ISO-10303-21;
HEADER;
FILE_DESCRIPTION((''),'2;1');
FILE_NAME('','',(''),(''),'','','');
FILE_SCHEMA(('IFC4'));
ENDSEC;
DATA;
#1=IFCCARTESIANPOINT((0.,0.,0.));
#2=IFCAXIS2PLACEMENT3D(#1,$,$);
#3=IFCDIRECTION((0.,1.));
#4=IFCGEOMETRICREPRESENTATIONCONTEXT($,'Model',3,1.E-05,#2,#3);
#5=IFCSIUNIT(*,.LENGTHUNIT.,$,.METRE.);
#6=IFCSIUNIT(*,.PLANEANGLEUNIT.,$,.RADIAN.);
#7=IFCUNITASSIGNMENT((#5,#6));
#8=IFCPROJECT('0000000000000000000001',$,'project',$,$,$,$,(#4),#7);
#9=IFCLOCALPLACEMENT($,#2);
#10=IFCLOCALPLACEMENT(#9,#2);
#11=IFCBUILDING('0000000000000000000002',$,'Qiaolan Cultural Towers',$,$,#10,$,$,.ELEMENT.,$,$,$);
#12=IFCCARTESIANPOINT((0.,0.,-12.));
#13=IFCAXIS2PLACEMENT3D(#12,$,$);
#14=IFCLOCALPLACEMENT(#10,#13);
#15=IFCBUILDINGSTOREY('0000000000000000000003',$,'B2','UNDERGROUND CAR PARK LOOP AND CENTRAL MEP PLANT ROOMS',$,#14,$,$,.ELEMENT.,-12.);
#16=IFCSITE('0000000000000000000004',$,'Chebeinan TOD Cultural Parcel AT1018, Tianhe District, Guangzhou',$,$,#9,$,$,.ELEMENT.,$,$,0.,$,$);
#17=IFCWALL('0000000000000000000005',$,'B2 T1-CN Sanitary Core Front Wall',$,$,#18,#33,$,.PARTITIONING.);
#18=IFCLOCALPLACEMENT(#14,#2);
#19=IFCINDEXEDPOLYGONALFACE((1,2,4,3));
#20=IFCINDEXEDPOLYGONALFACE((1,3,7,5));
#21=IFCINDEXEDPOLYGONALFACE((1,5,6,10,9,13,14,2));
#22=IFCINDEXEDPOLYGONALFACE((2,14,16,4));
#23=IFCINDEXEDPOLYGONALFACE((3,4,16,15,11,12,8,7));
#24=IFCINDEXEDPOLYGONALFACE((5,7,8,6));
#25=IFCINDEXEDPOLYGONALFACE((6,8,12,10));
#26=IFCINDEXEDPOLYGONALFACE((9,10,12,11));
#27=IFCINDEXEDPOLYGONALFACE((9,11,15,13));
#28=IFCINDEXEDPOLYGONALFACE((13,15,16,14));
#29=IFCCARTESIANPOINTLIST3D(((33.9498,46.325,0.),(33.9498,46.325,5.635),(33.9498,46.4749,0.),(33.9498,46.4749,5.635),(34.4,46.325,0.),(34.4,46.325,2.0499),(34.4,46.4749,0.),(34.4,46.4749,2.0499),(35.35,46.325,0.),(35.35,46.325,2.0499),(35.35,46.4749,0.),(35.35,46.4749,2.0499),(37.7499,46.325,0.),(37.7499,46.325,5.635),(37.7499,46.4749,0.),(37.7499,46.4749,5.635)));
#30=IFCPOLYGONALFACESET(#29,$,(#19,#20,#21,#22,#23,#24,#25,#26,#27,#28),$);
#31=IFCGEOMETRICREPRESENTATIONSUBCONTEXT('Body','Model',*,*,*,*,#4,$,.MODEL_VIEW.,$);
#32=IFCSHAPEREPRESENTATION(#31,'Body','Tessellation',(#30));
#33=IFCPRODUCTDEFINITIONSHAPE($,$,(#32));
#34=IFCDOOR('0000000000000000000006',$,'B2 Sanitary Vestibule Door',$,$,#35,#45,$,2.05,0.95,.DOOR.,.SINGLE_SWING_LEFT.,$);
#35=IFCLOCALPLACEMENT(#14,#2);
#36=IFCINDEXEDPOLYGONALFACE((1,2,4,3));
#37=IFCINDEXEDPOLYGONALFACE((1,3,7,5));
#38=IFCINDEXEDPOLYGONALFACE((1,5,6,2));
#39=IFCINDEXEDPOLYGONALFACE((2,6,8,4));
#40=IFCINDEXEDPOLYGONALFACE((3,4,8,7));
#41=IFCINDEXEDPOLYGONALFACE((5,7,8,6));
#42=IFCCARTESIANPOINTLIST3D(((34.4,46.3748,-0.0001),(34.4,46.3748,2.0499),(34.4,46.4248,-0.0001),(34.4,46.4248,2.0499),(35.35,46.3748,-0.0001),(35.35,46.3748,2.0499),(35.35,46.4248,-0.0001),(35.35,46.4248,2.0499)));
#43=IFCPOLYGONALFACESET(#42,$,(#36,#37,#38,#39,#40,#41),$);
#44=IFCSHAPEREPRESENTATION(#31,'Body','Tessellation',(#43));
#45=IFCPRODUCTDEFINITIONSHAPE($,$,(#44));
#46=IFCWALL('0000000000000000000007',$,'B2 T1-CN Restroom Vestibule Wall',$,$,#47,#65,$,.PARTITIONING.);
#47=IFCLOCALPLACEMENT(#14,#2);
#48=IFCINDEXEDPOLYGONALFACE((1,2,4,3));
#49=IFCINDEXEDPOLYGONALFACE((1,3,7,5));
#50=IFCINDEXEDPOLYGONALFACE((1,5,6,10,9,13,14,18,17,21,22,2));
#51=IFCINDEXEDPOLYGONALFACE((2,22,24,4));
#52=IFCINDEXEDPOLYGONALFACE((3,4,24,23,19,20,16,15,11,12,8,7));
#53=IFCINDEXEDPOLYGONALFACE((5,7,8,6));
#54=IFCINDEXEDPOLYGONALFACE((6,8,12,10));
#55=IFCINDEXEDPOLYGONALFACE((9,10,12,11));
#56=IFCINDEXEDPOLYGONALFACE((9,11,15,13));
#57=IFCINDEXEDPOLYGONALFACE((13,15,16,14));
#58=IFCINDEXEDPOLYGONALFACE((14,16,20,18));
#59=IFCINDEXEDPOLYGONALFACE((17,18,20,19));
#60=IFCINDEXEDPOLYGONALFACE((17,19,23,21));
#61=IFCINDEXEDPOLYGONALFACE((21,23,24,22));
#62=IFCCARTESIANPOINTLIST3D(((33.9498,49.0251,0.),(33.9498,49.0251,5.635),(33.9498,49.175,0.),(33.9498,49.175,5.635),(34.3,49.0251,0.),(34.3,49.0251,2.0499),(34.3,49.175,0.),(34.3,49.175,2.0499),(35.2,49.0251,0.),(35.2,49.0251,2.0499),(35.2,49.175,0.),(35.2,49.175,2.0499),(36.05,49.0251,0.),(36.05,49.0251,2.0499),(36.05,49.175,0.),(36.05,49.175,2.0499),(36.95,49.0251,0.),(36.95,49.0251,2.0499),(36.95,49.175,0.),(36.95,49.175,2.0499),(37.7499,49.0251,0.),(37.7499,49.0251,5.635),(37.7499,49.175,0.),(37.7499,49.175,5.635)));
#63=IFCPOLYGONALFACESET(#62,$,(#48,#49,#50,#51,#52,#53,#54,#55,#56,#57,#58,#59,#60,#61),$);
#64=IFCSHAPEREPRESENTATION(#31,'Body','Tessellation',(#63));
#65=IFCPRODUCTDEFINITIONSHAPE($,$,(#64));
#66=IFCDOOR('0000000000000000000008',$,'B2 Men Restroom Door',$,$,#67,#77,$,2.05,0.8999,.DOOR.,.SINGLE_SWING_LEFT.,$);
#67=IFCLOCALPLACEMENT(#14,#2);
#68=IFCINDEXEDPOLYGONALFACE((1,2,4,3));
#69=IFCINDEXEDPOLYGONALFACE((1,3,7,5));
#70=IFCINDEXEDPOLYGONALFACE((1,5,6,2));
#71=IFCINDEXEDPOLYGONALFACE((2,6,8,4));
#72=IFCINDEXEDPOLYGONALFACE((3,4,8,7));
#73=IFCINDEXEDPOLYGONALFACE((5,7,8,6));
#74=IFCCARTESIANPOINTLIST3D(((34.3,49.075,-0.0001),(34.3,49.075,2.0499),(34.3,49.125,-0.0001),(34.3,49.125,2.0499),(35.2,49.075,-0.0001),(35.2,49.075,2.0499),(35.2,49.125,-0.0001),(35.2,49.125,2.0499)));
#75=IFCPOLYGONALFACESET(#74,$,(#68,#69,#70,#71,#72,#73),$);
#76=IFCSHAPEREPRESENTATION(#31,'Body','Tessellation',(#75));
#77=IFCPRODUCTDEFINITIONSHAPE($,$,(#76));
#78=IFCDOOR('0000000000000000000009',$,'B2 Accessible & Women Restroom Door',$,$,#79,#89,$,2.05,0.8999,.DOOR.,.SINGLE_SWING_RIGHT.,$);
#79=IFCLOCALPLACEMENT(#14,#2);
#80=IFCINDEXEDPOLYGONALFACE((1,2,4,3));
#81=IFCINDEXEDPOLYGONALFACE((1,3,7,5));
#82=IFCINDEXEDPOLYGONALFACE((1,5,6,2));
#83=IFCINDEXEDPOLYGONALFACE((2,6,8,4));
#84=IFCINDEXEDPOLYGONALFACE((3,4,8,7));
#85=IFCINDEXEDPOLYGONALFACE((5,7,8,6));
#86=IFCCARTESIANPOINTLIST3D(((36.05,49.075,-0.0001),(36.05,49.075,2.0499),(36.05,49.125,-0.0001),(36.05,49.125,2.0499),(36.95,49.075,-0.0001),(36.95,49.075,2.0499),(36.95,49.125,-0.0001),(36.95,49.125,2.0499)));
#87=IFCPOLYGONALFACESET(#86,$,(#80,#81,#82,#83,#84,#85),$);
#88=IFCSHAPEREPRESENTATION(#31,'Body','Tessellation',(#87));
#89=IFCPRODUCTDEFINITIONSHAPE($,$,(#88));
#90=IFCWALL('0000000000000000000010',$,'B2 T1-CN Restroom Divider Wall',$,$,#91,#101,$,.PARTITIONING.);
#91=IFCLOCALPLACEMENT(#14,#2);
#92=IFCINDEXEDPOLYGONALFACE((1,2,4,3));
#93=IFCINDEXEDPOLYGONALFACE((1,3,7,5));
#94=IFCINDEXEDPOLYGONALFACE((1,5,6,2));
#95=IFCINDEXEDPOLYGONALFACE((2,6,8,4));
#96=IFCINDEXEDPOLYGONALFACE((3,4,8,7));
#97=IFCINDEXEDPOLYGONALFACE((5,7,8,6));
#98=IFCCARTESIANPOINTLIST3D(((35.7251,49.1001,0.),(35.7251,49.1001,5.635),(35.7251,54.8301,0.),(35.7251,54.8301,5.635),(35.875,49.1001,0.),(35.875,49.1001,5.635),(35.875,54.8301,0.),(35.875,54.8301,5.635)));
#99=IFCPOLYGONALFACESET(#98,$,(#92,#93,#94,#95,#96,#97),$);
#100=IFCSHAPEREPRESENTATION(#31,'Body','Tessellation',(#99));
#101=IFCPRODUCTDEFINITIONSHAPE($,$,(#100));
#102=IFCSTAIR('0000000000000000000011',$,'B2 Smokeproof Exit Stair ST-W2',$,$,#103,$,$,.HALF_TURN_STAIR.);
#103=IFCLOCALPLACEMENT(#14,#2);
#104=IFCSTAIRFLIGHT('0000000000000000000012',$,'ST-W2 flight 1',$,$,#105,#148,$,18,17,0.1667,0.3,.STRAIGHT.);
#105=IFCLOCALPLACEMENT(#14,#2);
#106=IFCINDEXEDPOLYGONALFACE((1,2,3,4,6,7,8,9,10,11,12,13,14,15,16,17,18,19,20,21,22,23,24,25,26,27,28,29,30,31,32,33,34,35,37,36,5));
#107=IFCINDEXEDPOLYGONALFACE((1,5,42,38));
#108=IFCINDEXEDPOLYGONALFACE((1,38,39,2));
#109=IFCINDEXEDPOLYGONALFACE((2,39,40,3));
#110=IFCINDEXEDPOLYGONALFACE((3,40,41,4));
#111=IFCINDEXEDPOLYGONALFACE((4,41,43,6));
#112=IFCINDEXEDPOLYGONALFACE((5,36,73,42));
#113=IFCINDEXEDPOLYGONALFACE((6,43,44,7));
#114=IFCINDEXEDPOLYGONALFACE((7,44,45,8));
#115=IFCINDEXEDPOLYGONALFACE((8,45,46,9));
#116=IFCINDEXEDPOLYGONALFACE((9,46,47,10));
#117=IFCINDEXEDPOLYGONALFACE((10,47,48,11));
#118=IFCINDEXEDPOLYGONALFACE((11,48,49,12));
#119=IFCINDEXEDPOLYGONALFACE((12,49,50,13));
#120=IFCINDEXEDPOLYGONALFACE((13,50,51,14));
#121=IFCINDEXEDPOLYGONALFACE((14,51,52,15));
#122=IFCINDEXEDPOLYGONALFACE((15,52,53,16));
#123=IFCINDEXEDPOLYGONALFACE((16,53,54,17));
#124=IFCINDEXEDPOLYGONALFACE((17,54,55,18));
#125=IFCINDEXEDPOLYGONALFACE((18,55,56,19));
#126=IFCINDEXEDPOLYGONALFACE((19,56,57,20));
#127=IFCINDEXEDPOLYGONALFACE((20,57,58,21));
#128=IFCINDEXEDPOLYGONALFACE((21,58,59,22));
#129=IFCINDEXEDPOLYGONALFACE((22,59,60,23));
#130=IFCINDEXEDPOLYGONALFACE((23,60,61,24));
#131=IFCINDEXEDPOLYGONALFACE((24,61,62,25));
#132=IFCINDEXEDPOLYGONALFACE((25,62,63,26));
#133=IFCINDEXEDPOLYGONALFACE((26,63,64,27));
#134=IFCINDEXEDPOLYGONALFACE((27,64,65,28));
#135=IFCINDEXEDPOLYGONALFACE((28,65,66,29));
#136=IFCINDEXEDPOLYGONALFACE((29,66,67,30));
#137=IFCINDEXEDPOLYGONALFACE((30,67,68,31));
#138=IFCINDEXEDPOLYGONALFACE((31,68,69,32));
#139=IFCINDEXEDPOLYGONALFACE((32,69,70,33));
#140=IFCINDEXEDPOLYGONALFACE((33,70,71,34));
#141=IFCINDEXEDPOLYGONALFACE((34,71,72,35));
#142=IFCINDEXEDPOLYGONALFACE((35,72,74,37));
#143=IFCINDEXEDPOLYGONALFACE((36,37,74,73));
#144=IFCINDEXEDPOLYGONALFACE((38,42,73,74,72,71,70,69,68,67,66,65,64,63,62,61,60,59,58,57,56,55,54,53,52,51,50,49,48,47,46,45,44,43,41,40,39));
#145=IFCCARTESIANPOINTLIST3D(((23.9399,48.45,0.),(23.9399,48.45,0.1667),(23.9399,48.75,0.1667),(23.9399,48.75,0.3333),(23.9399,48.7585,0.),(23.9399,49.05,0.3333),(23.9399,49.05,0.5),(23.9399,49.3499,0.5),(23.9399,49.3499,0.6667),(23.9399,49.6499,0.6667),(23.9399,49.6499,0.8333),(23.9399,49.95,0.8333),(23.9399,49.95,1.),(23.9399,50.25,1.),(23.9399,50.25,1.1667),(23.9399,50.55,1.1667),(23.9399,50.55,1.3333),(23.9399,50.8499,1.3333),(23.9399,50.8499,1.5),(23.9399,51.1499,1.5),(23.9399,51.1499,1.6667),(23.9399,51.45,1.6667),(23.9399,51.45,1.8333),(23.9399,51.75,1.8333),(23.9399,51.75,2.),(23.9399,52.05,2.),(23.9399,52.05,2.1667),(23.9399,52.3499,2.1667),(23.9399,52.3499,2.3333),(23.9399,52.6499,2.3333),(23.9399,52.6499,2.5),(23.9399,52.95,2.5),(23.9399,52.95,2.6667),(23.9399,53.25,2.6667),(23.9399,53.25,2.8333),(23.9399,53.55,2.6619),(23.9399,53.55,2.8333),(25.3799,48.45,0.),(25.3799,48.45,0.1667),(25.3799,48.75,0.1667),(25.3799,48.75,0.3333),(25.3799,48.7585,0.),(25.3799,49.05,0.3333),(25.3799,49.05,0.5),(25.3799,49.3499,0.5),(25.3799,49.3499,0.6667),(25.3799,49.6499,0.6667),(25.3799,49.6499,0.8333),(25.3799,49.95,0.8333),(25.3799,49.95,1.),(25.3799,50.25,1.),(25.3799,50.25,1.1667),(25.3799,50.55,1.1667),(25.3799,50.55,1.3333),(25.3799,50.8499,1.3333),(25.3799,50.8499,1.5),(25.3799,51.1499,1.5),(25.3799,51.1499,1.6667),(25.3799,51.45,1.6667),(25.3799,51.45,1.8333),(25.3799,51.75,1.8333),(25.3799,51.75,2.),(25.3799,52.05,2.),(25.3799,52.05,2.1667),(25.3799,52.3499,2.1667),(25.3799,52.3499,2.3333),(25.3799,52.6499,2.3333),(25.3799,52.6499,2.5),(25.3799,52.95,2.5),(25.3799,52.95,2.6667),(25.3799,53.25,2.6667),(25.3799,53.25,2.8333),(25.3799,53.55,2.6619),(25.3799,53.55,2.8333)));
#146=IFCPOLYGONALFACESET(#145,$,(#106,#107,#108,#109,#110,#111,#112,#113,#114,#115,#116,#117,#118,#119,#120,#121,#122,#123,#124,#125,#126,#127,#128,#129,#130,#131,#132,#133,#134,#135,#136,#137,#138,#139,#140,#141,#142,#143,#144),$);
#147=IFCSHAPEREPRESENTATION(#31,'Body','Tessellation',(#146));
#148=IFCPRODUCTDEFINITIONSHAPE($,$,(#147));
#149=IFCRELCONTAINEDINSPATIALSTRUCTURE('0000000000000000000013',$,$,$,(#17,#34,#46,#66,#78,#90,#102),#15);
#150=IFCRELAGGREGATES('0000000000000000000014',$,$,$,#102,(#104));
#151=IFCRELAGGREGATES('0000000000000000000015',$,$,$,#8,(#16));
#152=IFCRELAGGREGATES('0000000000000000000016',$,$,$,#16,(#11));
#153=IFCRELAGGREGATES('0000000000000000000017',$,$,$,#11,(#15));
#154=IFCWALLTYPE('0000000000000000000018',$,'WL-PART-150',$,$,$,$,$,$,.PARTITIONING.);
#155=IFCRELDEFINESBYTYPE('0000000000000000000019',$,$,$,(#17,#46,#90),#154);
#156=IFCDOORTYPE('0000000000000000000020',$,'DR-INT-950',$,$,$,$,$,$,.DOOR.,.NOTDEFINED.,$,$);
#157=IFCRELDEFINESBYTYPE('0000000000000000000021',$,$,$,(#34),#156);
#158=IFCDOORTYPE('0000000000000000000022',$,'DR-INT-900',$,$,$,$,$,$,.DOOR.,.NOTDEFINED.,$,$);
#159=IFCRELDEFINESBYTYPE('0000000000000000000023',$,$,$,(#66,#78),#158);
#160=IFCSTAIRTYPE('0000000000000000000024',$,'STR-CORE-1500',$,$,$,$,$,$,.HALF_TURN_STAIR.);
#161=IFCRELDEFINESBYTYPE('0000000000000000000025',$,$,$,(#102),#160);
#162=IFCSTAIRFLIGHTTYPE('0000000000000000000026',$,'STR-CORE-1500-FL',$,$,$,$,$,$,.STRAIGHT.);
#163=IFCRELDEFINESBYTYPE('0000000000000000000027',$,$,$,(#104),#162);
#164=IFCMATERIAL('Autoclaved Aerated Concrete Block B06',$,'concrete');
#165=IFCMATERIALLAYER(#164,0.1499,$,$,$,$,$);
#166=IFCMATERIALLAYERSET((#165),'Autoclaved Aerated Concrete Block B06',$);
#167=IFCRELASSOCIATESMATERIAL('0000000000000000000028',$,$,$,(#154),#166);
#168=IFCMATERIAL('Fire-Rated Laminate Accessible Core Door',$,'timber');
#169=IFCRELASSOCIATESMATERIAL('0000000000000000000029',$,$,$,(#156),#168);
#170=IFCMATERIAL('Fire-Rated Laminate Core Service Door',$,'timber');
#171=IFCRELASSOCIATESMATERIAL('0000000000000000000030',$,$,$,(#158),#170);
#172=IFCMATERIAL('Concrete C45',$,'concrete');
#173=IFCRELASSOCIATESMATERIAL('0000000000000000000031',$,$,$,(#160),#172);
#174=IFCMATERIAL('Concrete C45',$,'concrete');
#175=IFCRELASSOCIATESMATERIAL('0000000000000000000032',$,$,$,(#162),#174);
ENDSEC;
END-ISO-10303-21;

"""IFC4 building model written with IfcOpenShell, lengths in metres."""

from ifc_helpers import new_model, si_unit, direction, frame, frame_2d, origin, place, context, subcontext, project, spatial, polyline, rectangle, outline, extrude, material, layer, layer_set, type_object, element, fill, aggregate, save


model = new_model("IFC4")

# Units and contexts
model_context = context("Model", 3, precision=1e-05, world=origin(), true_north=direction((0.0, 1.0)))
body_context = subcontext(model_context, "Body", "Model", "MODEL_VIEW")
ifc_project = project(units=[si_unit("LENGTHUNIT", "METRE"), si_unit("PLANEANGLEUNIT", "RADIAN")], contexts=[model_context])

# Site, building, storey
site_placement = place(None, origin())
site = spatial("IfcSite", under=ifc_project, at=site_placement, Name="Chebeinan TOD Cultural Parcel AT1018, Tianhe District, Guangzhou", CompositionType="ELEMENT", RefElevation=0.0)
building_placement = place(site_placement, origin())
building = spatial("IfcBuilding", under=site, at=building_placement, Name="Qiaolan Cultural Towers", CompositionType="ELEMENT")
storey_placement = place(building_placement, frame((0.0, 0.0, -12.0)))
storey = spatial("IfcBuildingStorey", under=building, at=storey_placement, Name="B2", Description="UNDERGROUND CAR PARK LOOP AND CENTRAL MEP PLANT ROOMS", CompositionType="ELEMENT", Elevation=-12.0)

# Wall, opening, door
ifc_material_1 = material(Name="Autoclaved Aerated Concrete Block B06", Category="concrete")
ifc_layer_1 = layer(ifc_material_1, 0.1499)
ifc_layer_set_1 = layer_set([ifc_layer_1], Name="Autoclaved Aerated Concrete Block B06")
wall_type_1 = type_object("IfcWallType", Name="WL-PART-150", PredefinedType="PARTITIONING", material=ifc_layer_set_1)
wall_1_placement = place(storey_placement, frame((33.95, 46.3999, 0.0), z_axis=(0.0, 0.0, 1.0), x_axis=(1.0, 0.0, 0.0)))
wall_1 = element("IfcWall", 1, at=wall_1_placement, inside=storey, type_object=wall_type_1, Name="B2 T1-CN Sanitary Core Front Wall", PredefinedType="PARTITIONING", context=body_context, shape_type="SweptSolid", body=[
    extrude(rectangle(XDim=3.8, YDim=0.1499, at=frame_2d((1.8999, 0.0))), origin(), (0.0, 0.0, 1.0), 5.635),
])
opening_1_placement = place(wall_1_placement, frame((0.45, 0.0, 0.0)))
opening_1 = element("IfcOpeningElement", 2, at=opening_1_placement, cuts=wall_1, PredefinedType="OPENING", context=body_context, shape_type="SweptSolid", body=[
    extrude(rectangle(XDim=0.95, YDim=2.05, at=frame_2d((0.4751, 1.0249))), frame((0.0, 0.085, 0.0), z_axis=(0.0, -1.0, 0.0), x_axis=(1.0, 0.0, 0.0)), (0.0, 0.0, 1.0), 0.1699),
])
ifc_material_2 = material(Name="Fire-Rated Laminate Accessible Core Door", Category="timber")
door_type_1 = type_object("IfcDoorType", Name="DR-INT-950", OperationType="NOTDEFINED", PredefinedType="DOOR", material=ifc_material_2)
door_1_placement = place(opening_1_placement, origin())
door_1 = element("IfcDoor", 3, at=door_1_placement, inside=storey, type_object=door_type_1, Name="B2 Sanitary Vestibule Door", OperationType="SINGLE_SWING_LEFT", OverallHeight=2.05, OverallWidth=0.95, PredefinedType="DOOR", context=body_context, shape_type="SweptSolid", body=[
    extrude(rectangle(XDim=0.95, YDim=2.05, at=frame_2d((0.4751, 1.0249))), frame((0.0, 0.0249, 0.0), z_axis=(0.0, -1.0, 0.0), x_axis=(1.0, 0.0, 0.0)), (0.0, 0.0, 1.0), 0.05),
])
fill(opening_1, door_1)

# Wall, openings, doors
wall_2_placement = place(storey_placement, frame((33.95, 49.1001, 0.0), z_axis=(0.0, 0.0, 1.0), x_axis=(1.0, 0.0, 0.0)))
wall_2 = element("IfcWall", 4, at=wall_2_placement, inside=storey, type_object=wall_type_1, Name="B2 T1-CN Restroom Vestibule Wall", PredefinedType="PARTITIONING", context=body_context, shape_type="SweptSolid", body=[
    extrude(rectangle(XDim=3.8, YDim=0.1499, at=frame_2d((1.8999, 0.0))), origin(), (0.0, 0.0, 1.0), 5.635),
])
opening_2_placement = place(wall_2_placement, frame((0.3501, 0.0, 0.0)))
opening_2 = element("IfcOpeningElement", 5, at=opening_2_placement, cuts=wall_2, PredefinedType="OPENING", context=body_context, shape_type="SweptSolid", body=[
    extrude(rectangle(XDim=0.8999, YDim=2.05, at=frame_2d((0.45, 1.0249))), frame((0.0, 0.085, 0.0), z_axis=(0.0, -1.0, 0.0), x_axis=(1.0, 0.0, 0.0)), (0.0, 0.0, 1.0), 0.1699),
])
opening_3_placement = place(wall_2_placement, frame((2.1001, 0.0, 0.0)))
opening_3 = element("IfcOpeningElement", 6, at=opening_3_placement, cuts=wall_2, PredefinedType="OPENING", context=body_context, shape_type="SweptSolid", body=[
    extrude(rectangle(XDim=0.8999, YDim=2.05, at=frame_2d((0.45, 1.0249))), frame((0.0, 0.085, 0.0), z_axis=(0.0, -1.0, 0.0), x_axis=(1.0, 0.0, 0.0)), (0.0, 0.0, 1.0), 0.1699),
])
ifc_material_3 = material(Name="Fire-Rated Laminate Core Service Door", Category="timber")
door_type_2 = type_object("IfcDoorType", Name="DR-INT-900", OperationType="NOTDEFINED", PredefinedType="DOOR", material=ifc_material_3)
door_2_placement = place(opening_2_placement, origin())
door_2 = element("IfcDoor", 7, at=door_2_placement, inside=storey, type_object=door_type_2, Name="B2 Men Restroom Door", OperationType="SINGLE_SWING_LEFT", OverallHeight=2.05, OverallWidth=0.8999, PredefinedType="DOOR", context=body_context, shape_type="SweptSolid", body=[
    extrude(rectangle(XDim=0.8999, YDim=2.05, at=frame_2d((0.45, 1.0249))), frame((0.0, 0.0249, 0.0), z_axis=(0.0, -1.0, 0.0), x_axis=(1.0, 0.0, 0.0)), (0.0, 0.0, 1.0), 0.05),
])
fill(opening_2, door_2)
door_3_placement = place(opening_3_placement, origin())
door_3 = element("IfcDoor", 8, at=door_3_placement, inside=storey, type_object=door_type_2, Name="B2 Accessible & Women Restroom Door", OperationType="SINGLE_SWING_RIGHT", OverallHeight=2.05, OverallWidth=0.8999, PredefinedType="DOOR", context=body_context, shape_type="SweptSolid", body=[
    extrude(rectangle(XDim=0.8999, YDim=2.05, at=frame_2d((0.45, 1.0249))), frame((0.0, 0.0249, 0.0), z_axis=(0.0, -1.0, 0.0), x_axis=(1.0, 0.0, 0.0)), (0.0, 0.0, 1.0), 0.05),
])
fill(opening_3, door_3)

# Wall
wall_3_placement = place(storey_placement, frame((35.8, 49.1001, 0.0), z_axis=(0.0, 0.0, 1.0), x_axis=(0.0, 1.0, 0.0)))
element("IfcWall", 9, at=wall_3_placement, inside=storey, type_object=wall_type_1, Name="B2 T1-CN Restroom Divider Wall", PredefinedType="PARTITIONING", context=body_context, shape_type="SweptSolid", body=[
    extrude(rectangle(XDim=5.73, YDim=0.1499, at=frame_2d((2.865, 0.0))), origin(), (0.0, 0.0, 1.0), 5.635),
])

# Stair, stair flight
ifc_material_4 = material(Name="Concrete C45", Category="concrete")
stair_type = type_object("IfcStairType", Name="STR-CORE-1500", PredefinedType="HALF_TURN_STAIR", material=ifc_material_4)
stair_placement = place(storey_placement, origin())
stair = element("IfcStair", 10, at=stair_placement, inside=storey, type_object=stair_type, Name="B2 Smokeproof Exit Stair ST-W2", PredefinedType="HALF_TURN_STAIR")
ifc_material_5 = material(Name="Concrete C45", Category="concrete")
stair_flight_type = type_object("IfcStairFlightType", Name="STR-CORE-1500-FL", PredefinedType="STRAIGHT", material=ifc_material_5)
stair_flight_1_placement = place(storey_placement, frame((24.6599, 48.45, 0.0), z_axis=(0.0, 0.0, 1.0), x_axis=(0.0, 1.0, 0.0)))
stair_flight_1 = element("IfcStairFlight", 11, at=stair_flight_1_placement, type_object=stair_flight_type, Name="ST-W2 flight 1", NumberOfRisers=18, NumberOfTreads=17, PredefinedType="STRAIGHT", RiserHeight=0.1667, TreadLength=0.3, context=body_context, shape_type="SweptSolid", body=[
    extrude(outline(polyline([(0.0, 0.0), (0.0, 0.1667), (0.3, 0.1667), (0.3, 0.3333), (0.6001, 0.3333), (0.6001, 0.5), (0.8999, 0.5), (0.8999, 0.6667), (1.2, 0.6667), (1.2, 0.8333), (1.5, 0.8333), (1.5, 1.0), (1.8, 1.0), (1.8, 1.1667), (2.1001, 1.1667), (2.1001, 1.3333), (2.3999, 1.3333), (2.3999, 1.5), (2.7, 1.5), (2.7, 1.6667), (3.0, 1.6667), (3.0, 1.8333), (3.3, 1.8333), (3.3, 2.0), (3.6001, 2.0), (3.6001, 2.1667), (3.8999, 2.1667), (3.8999, 2.3333), (4.2, 2.3333), (4.2, 2.5), (4.5, 2.5), (4.5, 2.6667), (4.8, 2.6667), (4.8, 2.8333), (5.1001, 2.8333), (5.1001, 3.0), (5.1001, 2.6619), (0.3086, 0.0), (0.0, 0.0)])), frame((0.0, 0.72, 0.0), z_axis=(0.0, -1.0, 0.0), x_axis=(1.0, 0.0, 0.0)), (0.0, 0.0, 1.0), 1.4399),
])
aggregate(stair, [stair_flight_1])

save(model, "model.ifc")
